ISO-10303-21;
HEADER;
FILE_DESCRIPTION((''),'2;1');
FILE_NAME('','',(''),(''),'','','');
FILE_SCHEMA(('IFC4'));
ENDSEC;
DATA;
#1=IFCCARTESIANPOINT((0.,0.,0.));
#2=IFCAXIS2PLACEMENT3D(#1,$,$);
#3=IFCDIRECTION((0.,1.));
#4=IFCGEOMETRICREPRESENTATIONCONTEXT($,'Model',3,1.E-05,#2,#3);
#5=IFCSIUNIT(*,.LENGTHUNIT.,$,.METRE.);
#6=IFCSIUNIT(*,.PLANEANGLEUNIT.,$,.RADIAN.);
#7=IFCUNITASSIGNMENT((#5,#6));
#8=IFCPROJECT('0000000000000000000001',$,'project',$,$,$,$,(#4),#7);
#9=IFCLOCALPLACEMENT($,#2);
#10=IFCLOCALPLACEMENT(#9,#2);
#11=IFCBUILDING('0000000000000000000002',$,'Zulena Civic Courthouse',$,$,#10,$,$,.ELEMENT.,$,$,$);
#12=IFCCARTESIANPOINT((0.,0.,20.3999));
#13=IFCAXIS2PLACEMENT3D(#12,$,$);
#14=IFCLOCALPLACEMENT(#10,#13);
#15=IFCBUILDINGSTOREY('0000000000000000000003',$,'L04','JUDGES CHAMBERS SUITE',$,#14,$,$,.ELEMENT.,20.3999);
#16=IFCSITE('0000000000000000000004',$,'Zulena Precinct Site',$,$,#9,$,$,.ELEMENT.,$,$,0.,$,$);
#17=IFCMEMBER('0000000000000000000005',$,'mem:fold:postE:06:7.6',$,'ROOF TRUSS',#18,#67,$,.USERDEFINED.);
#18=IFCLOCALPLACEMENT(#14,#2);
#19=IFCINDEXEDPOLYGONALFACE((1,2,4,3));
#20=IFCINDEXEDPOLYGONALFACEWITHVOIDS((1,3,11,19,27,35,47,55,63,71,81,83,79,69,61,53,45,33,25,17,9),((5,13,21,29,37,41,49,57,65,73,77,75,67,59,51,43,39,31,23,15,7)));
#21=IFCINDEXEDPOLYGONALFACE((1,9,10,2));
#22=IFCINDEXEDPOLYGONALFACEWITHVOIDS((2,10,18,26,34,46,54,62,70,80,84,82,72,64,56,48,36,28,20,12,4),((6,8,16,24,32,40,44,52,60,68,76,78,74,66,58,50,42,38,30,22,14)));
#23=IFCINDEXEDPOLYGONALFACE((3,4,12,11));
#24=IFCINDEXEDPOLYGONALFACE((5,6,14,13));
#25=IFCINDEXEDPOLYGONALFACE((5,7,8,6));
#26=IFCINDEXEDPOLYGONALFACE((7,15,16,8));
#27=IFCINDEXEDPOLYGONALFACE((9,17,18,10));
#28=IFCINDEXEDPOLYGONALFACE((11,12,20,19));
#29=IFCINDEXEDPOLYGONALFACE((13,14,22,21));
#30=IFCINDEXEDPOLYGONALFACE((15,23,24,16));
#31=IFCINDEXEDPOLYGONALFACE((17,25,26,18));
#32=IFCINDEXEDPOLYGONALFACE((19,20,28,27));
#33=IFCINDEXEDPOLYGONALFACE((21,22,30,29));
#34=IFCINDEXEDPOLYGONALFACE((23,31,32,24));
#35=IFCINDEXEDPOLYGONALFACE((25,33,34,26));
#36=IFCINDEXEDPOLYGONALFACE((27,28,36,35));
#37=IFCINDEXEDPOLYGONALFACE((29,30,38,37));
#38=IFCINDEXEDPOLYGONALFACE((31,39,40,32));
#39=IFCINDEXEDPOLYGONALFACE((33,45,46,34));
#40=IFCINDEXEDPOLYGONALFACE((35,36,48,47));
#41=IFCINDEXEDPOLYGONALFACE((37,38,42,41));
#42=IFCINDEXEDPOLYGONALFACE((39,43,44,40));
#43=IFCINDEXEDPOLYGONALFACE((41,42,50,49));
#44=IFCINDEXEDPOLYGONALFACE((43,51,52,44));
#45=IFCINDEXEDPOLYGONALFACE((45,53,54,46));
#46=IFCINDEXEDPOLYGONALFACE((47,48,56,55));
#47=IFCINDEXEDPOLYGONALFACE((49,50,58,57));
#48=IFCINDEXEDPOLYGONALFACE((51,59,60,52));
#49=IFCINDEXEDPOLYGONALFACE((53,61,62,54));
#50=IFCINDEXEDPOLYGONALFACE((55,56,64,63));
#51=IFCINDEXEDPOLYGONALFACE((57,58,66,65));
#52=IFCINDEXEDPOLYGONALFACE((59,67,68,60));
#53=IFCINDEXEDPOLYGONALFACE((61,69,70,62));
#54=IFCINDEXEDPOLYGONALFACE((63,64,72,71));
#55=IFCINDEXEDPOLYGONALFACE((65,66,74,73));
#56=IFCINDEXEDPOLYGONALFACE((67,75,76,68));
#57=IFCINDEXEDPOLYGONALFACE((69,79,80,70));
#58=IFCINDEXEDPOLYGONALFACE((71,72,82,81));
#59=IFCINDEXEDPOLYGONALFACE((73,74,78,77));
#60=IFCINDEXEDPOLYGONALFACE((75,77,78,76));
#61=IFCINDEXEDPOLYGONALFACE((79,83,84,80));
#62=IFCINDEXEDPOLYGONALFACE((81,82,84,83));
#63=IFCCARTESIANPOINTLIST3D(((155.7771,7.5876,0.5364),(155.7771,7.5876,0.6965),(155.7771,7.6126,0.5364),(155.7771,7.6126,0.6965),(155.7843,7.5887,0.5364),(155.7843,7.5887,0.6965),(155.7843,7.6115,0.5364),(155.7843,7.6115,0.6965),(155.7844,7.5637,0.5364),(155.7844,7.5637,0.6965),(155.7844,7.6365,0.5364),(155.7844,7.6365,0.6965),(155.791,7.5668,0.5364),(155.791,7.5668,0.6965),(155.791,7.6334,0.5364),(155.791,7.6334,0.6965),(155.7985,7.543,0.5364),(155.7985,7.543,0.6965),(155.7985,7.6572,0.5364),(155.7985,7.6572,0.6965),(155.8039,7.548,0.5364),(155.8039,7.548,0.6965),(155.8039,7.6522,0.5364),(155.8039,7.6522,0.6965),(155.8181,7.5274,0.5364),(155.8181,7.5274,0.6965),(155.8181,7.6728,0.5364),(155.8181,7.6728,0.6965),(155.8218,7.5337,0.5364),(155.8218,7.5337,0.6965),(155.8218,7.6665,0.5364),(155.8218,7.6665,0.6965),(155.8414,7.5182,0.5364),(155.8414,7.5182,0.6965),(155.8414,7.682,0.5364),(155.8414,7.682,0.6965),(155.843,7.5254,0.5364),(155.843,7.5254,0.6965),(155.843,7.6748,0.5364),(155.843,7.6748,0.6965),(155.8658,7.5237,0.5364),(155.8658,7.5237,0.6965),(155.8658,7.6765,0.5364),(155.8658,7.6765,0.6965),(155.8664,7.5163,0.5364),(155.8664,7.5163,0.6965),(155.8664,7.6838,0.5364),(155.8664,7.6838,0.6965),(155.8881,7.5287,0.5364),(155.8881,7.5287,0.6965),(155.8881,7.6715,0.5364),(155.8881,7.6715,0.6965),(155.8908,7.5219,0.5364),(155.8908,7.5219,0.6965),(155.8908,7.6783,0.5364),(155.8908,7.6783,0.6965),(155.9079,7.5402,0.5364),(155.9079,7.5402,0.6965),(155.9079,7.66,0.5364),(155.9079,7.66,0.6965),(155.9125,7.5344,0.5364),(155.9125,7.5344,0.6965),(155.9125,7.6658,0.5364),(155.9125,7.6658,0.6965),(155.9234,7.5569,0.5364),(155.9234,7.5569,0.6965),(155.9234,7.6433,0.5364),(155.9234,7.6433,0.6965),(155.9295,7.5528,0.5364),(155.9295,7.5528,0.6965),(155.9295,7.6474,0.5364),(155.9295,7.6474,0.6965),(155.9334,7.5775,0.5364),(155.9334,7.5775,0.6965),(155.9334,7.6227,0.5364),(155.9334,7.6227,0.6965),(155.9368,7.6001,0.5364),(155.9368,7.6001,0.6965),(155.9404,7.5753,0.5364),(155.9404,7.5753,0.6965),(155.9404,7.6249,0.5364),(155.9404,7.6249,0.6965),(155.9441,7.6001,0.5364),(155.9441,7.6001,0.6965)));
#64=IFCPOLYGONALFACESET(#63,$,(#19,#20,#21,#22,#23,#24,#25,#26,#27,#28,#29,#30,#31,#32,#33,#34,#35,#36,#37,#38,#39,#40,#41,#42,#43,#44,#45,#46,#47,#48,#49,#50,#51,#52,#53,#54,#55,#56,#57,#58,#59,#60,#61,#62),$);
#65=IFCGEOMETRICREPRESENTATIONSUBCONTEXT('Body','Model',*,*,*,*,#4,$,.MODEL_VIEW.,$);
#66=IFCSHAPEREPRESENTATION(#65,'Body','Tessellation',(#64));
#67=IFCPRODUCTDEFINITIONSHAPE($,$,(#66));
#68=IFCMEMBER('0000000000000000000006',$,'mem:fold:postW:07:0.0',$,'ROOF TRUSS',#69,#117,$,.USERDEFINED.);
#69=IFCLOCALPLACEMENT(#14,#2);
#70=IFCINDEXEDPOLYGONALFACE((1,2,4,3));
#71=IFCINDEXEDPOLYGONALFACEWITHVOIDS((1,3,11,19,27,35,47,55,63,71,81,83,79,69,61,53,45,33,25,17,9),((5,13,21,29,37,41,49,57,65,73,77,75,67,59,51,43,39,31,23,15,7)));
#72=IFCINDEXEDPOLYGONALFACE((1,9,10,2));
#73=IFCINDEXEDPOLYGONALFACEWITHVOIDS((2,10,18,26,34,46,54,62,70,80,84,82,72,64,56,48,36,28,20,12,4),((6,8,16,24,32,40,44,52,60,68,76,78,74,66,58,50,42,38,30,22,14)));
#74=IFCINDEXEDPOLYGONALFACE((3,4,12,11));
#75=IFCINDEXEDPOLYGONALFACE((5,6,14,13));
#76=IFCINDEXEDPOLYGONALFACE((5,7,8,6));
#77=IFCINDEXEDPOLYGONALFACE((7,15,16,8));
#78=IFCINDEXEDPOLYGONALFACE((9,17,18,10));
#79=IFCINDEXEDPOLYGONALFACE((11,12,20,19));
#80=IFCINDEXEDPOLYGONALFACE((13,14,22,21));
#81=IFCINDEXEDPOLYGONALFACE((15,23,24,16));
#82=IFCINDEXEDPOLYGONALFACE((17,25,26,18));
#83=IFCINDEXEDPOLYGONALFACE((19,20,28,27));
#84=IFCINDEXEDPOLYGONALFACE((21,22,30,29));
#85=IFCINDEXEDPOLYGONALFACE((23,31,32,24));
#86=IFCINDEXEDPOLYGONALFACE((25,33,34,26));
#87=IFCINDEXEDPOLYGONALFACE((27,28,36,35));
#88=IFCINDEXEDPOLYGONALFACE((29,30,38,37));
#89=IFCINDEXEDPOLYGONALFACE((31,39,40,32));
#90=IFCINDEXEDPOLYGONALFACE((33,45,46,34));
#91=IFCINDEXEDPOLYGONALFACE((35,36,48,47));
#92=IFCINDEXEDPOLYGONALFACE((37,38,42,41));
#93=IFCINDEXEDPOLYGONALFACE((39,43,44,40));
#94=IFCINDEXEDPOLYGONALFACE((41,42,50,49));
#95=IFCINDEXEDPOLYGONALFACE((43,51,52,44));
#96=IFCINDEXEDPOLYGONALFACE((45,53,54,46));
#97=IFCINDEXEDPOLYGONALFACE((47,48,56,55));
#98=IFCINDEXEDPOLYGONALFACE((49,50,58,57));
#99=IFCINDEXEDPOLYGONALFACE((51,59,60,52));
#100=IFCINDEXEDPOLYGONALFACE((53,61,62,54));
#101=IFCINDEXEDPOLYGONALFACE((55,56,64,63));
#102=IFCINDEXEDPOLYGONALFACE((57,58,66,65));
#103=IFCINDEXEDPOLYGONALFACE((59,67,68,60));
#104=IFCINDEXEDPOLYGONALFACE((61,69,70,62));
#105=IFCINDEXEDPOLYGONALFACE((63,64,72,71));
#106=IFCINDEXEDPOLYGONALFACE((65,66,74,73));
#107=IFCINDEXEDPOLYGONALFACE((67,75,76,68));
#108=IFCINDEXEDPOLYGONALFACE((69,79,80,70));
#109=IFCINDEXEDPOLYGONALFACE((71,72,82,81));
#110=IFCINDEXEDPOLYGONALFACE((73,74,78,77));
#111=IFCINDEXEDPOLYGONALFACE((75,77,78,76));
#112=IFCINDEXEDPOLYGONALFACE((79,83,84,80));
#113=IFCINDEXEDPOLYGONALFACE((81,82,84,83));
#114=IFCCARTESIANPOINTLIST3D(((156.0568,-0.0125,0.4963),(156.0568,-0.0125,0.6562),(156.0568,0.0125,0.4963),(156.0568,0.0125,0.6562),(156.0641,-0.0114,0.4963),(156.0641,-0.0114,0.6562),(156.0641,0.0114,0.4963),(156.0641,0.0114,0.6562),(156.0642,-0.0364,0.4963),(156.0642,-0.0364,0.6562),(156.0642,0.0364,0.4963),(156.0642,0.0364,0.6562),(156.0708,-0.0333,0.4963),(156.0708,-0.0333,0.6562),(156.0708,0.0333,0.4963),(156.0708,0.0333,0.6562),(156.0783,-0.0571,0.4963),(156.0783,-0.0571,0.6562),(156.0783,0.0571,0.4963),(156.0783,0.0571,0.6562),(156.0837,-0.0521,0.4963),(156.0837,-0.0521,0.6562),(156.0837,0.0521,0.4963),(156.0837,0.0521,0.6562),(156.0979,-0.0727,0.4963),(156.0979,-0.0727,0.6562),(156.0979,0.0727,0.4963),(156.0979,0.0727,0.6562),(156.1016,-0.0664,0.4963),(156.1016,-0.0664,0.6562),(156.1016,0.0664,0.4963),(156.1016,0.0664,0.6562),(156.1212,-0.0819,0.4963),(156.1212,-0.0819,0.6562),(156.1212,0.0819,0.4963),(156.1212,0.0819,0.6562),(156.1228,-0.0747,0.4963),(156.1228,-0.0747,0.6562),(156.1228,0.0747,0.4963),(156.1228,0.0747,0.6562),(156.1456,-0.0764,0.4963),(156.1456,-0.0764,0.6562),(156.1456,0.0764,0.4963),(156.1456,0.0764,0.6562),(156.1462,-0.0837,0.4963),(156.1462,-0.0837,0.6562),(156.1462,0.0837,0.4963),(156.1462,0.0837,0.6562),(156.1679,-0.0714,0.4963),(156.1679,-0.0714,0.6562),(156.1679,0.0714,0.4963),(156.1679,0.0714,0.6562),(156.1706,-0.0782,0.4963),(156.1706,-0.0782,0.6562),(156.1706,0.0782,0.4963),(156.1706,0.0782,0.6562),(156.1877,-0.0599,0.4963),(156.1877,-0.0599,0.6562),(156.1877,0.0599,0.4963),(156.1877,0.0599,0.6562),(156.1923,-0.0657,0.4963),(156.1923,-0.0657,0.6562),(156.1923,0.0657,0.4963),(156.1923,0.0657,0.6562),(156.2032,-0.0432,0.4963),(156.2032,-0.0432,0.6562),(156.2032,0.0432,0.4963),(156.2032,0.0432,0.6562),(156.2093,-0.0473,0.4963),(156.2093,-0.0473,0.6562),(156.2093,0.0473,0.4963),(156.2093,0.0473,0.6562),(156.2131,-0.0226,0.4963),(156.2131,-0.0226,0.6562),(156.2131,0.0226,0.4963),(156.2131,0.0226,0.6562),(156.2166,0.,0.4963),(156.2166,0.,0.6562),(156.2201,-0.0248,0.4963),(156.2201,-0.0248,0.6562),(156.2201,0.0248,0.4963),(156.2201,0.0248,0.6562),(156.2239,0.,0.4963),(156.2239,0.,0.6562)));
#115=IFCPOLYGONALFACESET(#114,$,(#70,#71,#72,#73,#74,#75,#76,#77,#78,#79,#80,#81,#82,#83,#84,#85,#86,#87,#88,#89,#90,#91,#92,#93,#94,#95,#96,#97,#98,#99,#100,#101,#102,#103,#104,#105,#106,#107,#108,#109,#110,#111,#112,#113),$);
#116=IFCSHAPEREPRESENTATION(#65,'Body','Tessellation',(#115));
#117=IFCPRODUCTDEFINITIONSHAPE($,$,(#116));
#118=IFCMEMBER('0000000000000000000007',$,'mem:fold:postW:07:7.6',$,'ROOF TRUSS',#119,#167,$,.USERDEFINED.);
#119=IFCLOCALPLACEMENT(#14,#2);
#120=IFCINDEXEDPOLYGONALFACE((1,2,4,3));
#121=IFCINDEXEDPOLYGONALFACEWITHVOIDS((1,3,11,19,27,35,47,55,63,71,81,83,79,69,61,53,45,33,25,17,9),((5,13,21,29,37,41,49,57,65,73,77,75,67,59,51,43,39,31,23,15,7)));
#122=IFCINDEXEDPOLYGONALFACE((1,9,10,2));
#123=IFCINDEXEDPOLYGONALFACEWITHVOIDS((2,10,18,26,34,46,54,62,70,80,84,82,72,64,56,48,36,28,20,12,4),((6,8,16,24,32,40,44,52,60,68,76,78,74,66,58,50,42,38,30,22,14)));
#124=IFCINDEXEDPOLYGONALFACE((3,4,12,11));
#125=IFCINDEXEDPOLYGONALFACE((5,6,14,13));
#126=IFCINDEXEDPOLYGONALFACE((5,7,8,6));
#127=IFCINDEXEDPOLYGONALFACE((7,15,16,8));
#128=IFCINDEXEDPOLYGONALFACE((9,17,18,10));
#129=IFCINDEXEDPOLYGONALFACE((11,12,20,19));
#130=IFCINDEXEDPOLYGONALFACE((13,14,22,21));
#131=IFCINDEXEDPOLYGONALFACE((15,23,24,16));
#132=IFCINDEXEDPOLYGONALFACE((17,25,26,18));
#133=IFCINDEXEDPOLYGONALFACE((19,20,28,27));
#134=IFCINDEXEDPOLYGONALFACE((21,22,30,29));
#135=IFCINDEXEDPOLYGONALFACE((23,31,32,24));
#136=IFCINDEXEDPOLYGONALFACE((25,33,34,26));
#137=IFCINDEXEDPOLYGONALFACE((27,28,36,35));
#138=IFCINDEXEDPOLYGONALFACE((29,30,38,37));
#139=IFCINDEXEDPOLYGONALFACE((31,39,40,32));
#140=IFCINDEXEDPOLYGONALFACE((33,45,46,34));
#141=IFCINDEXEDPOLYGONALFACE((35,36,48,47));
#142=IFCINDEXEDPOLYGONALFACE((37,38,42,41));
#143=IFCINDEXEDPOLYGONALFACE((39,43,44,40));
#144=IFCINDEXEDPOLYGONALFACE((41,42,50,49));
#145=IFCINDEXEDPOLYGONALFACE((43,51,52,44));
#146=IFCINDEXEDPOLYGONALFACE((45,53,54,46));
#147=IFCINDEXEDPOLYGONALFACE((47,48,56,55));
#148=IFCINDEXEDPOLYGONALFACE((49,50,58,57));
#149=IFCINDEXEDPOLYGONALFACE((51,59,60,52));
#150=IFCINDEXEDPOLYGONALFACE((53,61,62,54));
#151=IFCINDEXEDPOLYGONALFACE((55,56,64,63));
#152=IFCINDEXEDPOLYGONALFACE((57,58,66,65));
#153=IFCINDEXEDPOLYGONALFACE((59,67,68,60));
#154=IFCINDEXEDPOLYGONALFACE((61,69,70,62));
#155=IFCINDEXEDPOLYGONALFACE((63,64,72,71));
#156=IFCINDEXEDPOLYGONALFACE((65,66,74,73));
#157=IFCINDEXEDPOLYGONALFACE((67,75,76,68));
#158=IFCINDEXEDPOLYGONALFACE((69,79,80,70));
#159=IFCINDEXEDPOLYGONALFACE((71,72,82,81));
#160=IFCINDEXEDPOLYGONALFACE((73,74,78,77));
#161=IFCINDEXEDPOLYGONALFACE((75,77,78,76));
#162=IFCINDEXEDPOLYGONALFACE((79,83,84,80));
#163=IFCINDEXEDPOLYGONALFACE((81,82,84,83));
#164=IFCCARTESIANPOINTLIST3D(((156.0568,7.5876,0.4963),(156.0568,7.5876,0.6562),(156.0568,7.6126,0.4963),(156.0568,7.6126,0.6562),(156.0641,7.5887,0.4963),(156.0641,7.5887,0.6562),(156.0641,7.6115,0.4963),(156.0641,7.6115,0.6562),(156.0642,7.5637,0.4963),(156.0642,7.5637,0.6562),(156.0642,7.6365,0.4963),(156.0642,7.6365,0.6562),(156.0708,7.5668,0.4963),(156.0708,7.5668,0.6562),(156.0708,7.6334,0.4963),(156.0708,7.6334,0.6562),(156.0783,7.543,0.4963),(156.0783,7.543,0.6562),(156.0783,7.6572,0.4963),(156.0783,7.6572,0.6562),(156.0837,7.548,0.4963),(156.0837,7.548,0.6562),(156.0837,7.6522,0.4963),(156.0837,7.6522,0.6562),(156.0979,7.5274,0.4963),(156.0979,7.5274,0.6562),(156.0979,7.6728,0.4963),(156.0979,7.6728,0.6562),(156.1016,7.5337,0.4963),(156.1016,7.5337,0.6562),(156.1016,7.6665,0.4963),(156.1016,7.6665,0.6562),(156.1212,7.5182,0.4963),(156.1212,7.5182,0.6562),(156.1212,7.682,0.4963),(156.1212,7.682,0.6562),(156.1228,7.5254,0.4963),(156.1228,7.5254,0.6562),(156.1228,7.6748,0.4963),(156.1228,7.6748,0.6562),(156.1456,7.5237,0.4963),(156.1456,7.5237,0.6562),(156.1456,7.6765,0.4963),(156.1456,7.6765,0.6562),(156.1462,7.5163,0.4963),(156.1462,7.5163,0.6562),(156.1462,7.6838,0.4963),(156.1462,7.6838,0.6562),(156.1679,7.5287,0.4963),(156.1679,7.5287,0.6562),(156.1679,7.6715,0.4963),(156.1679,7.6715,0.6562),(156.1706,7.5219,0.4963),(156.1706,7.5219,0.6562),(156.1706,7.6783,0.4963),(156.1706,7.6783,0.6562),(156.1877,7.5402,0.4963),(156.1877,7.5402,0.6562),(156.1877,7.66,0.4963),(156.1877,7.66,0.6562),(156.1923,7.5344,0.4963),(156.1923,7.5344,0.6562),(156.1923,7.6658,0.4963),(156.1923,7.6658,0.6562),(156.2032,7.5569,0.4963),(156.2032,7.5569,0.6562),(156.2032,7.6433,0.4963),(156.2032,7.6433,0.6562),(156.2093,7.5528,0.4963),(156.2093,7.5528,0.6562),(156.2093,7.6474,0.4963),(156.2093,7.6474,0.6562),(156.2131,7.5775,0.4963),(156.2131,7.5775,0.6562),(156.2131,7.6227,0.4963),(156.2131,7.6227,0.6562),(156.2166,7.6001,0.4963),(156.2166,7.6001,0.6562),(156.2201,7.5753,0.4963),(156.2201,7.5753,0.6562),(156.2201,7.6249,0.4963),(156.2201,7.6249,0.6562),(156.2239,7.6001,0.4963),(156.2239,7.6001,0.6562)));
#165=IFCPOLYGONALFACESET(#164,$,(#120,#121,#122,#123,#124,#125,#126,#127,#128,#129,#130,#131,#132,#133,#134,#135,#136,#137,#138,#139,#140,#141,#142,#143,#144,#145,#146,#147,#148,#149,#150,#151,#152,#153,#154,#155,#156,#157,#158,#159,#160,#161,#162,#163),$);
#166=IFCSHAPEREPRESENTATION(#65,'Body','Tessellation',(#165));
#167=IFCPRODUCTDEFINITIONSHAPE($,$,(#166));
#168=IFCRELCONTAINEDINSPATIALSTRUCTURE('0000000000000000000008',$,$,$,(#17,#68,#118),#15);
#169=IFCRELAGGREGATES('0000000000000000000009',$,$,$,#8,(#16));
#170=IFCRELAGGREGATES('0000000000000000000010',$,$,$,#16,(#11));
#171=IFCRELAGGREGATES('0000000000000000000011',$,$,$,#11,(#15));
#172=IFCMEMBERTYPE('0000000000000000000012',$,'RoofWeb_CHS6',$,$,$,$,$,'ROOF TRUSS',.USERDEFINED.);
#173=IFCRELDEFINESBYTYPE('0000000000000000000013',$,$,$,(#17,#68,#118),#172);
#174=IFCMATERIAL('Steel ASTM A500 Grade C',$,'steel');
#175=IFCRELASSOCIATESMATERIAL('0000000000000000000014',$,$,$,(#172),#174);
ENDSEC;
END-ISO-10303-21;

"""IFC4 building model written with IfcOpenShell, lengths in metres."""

from ifc_helpers import new_model, si_unit, direction, frame, origin, origin_2d, place, context, subcontext, project, spatial, hollow_circle, extrude, material, material_profile, profile_set, type_object, element, save


model = new_model("IFC4")

# Units and contexts
model_context = context("Model", 3, precision=1e-05, world=origin(), true_north=direction((0.0, 1.0)))
body_context = subcontext(model_context, "Body", "Model", "MODEL_VIEW")
ifc_project = project(units=[si_unit("LENGTHUNIT", "METRE"), si_unit("PLANEANGLEUNIT", "RADIAN")], contexts=[model_context])

# Site, building, storey
site_placement = place(None, origin())
site = spatial("IfcSite", under=ifc_project, at=site_placement, Name="Zulena Precinct Site", CompositionType="ELEMENT", RefElevation=0.0)
building_placement = place(site_placement, origin())
building = spatial("IfcBuilding", under=site, at=building_placement, Name="Zulena Civic Courthouse", CompositionType="ELEMENT")
storey_placement = place(building_placement, frame((0.0, 0.0, 20.3999)))
storey = spatial("IfcBuildingStorey", under=building, at=storey_placement, Name="L04", Description="JUDGES CHAMBERS SUITE", CompositionType="ELEMENT", Elevation=20.3999)

# Members
ifc_material_1 = material(Name="Steel ASTM A500 Grade C", Category="steel")
ifc_material_profile_1 = material_profile(ifc_material_1, hollow_circle(Radius=0.084, WallThickness=0.0073, at=origin_2d()), Name="HSS6.625X0.312")
ifc_profile_set_1 = profile_set([ifc_material_profile_1], Name="Steel ASTM A500 Grade C")
member_type_1 = type_object("IfcMemberType", Name="RoofWeb_CHS6", ElementType="ROOF TRUSS", PredefinedType="USERDEFINED", material=ifc_profile_set_1)
for number, where, z_axis, x_axis, name in (
    (1, (155.8601, 7.6001, 0.5364), (0.0, 0.0, 1.0), (1.0, 0.0, 0.0), "mem:fold:postE:06:7.6"),
):
    element("IfcMember", number, at=place(storey_placement, frame(where, z_axis=z_axis, x_axis=x_axis)), inside=storey, type_object=member_type_1, Name=name, ObjectType="ROOF TRUSS", PredefinedType="USERDEFINED", context=body_context, shape_type="SweptSolid", body=[
        extrude(hollow_circle(Radius=0.084, WallThickness=0.0073, at=origin_2d()), origin(), (0.0, 0.0, 1.0), 0.1602),
    ])
for number, where, z_axis, x_axis, name in (
    (2, (156.1399, 0.0, 0.4963), (0.0, 0.0, 1.0), (1.0, 0.0, 0.0), "mem:fold:postW:07:0.0"),
    (3, (156.1399, 7.6001, 0.4963), (0.0, 0.0, 1.0), (1.0, 0.0, 0.0), "mem:fold:postW:07:7.6"),
):
    element("IfcMember", number, at=place(storey_placement, frame(where, z_axis=z_axis, x_axis=x_axis)), inside=storey, type_object=member_type_1, Name=name, ObjectType="ROOF TRUSS", PredefinedType="USERDEFINED", context=body_context, shape_type="SweptSolid", body=[
        extrude(hollow_circle(Radius=0.084, WallThickness=0.0073, at=origin_2d()), origin(), (0.0, 0.0, 1.0), 0.1599),
    ])

save(model, "model.ifc")
